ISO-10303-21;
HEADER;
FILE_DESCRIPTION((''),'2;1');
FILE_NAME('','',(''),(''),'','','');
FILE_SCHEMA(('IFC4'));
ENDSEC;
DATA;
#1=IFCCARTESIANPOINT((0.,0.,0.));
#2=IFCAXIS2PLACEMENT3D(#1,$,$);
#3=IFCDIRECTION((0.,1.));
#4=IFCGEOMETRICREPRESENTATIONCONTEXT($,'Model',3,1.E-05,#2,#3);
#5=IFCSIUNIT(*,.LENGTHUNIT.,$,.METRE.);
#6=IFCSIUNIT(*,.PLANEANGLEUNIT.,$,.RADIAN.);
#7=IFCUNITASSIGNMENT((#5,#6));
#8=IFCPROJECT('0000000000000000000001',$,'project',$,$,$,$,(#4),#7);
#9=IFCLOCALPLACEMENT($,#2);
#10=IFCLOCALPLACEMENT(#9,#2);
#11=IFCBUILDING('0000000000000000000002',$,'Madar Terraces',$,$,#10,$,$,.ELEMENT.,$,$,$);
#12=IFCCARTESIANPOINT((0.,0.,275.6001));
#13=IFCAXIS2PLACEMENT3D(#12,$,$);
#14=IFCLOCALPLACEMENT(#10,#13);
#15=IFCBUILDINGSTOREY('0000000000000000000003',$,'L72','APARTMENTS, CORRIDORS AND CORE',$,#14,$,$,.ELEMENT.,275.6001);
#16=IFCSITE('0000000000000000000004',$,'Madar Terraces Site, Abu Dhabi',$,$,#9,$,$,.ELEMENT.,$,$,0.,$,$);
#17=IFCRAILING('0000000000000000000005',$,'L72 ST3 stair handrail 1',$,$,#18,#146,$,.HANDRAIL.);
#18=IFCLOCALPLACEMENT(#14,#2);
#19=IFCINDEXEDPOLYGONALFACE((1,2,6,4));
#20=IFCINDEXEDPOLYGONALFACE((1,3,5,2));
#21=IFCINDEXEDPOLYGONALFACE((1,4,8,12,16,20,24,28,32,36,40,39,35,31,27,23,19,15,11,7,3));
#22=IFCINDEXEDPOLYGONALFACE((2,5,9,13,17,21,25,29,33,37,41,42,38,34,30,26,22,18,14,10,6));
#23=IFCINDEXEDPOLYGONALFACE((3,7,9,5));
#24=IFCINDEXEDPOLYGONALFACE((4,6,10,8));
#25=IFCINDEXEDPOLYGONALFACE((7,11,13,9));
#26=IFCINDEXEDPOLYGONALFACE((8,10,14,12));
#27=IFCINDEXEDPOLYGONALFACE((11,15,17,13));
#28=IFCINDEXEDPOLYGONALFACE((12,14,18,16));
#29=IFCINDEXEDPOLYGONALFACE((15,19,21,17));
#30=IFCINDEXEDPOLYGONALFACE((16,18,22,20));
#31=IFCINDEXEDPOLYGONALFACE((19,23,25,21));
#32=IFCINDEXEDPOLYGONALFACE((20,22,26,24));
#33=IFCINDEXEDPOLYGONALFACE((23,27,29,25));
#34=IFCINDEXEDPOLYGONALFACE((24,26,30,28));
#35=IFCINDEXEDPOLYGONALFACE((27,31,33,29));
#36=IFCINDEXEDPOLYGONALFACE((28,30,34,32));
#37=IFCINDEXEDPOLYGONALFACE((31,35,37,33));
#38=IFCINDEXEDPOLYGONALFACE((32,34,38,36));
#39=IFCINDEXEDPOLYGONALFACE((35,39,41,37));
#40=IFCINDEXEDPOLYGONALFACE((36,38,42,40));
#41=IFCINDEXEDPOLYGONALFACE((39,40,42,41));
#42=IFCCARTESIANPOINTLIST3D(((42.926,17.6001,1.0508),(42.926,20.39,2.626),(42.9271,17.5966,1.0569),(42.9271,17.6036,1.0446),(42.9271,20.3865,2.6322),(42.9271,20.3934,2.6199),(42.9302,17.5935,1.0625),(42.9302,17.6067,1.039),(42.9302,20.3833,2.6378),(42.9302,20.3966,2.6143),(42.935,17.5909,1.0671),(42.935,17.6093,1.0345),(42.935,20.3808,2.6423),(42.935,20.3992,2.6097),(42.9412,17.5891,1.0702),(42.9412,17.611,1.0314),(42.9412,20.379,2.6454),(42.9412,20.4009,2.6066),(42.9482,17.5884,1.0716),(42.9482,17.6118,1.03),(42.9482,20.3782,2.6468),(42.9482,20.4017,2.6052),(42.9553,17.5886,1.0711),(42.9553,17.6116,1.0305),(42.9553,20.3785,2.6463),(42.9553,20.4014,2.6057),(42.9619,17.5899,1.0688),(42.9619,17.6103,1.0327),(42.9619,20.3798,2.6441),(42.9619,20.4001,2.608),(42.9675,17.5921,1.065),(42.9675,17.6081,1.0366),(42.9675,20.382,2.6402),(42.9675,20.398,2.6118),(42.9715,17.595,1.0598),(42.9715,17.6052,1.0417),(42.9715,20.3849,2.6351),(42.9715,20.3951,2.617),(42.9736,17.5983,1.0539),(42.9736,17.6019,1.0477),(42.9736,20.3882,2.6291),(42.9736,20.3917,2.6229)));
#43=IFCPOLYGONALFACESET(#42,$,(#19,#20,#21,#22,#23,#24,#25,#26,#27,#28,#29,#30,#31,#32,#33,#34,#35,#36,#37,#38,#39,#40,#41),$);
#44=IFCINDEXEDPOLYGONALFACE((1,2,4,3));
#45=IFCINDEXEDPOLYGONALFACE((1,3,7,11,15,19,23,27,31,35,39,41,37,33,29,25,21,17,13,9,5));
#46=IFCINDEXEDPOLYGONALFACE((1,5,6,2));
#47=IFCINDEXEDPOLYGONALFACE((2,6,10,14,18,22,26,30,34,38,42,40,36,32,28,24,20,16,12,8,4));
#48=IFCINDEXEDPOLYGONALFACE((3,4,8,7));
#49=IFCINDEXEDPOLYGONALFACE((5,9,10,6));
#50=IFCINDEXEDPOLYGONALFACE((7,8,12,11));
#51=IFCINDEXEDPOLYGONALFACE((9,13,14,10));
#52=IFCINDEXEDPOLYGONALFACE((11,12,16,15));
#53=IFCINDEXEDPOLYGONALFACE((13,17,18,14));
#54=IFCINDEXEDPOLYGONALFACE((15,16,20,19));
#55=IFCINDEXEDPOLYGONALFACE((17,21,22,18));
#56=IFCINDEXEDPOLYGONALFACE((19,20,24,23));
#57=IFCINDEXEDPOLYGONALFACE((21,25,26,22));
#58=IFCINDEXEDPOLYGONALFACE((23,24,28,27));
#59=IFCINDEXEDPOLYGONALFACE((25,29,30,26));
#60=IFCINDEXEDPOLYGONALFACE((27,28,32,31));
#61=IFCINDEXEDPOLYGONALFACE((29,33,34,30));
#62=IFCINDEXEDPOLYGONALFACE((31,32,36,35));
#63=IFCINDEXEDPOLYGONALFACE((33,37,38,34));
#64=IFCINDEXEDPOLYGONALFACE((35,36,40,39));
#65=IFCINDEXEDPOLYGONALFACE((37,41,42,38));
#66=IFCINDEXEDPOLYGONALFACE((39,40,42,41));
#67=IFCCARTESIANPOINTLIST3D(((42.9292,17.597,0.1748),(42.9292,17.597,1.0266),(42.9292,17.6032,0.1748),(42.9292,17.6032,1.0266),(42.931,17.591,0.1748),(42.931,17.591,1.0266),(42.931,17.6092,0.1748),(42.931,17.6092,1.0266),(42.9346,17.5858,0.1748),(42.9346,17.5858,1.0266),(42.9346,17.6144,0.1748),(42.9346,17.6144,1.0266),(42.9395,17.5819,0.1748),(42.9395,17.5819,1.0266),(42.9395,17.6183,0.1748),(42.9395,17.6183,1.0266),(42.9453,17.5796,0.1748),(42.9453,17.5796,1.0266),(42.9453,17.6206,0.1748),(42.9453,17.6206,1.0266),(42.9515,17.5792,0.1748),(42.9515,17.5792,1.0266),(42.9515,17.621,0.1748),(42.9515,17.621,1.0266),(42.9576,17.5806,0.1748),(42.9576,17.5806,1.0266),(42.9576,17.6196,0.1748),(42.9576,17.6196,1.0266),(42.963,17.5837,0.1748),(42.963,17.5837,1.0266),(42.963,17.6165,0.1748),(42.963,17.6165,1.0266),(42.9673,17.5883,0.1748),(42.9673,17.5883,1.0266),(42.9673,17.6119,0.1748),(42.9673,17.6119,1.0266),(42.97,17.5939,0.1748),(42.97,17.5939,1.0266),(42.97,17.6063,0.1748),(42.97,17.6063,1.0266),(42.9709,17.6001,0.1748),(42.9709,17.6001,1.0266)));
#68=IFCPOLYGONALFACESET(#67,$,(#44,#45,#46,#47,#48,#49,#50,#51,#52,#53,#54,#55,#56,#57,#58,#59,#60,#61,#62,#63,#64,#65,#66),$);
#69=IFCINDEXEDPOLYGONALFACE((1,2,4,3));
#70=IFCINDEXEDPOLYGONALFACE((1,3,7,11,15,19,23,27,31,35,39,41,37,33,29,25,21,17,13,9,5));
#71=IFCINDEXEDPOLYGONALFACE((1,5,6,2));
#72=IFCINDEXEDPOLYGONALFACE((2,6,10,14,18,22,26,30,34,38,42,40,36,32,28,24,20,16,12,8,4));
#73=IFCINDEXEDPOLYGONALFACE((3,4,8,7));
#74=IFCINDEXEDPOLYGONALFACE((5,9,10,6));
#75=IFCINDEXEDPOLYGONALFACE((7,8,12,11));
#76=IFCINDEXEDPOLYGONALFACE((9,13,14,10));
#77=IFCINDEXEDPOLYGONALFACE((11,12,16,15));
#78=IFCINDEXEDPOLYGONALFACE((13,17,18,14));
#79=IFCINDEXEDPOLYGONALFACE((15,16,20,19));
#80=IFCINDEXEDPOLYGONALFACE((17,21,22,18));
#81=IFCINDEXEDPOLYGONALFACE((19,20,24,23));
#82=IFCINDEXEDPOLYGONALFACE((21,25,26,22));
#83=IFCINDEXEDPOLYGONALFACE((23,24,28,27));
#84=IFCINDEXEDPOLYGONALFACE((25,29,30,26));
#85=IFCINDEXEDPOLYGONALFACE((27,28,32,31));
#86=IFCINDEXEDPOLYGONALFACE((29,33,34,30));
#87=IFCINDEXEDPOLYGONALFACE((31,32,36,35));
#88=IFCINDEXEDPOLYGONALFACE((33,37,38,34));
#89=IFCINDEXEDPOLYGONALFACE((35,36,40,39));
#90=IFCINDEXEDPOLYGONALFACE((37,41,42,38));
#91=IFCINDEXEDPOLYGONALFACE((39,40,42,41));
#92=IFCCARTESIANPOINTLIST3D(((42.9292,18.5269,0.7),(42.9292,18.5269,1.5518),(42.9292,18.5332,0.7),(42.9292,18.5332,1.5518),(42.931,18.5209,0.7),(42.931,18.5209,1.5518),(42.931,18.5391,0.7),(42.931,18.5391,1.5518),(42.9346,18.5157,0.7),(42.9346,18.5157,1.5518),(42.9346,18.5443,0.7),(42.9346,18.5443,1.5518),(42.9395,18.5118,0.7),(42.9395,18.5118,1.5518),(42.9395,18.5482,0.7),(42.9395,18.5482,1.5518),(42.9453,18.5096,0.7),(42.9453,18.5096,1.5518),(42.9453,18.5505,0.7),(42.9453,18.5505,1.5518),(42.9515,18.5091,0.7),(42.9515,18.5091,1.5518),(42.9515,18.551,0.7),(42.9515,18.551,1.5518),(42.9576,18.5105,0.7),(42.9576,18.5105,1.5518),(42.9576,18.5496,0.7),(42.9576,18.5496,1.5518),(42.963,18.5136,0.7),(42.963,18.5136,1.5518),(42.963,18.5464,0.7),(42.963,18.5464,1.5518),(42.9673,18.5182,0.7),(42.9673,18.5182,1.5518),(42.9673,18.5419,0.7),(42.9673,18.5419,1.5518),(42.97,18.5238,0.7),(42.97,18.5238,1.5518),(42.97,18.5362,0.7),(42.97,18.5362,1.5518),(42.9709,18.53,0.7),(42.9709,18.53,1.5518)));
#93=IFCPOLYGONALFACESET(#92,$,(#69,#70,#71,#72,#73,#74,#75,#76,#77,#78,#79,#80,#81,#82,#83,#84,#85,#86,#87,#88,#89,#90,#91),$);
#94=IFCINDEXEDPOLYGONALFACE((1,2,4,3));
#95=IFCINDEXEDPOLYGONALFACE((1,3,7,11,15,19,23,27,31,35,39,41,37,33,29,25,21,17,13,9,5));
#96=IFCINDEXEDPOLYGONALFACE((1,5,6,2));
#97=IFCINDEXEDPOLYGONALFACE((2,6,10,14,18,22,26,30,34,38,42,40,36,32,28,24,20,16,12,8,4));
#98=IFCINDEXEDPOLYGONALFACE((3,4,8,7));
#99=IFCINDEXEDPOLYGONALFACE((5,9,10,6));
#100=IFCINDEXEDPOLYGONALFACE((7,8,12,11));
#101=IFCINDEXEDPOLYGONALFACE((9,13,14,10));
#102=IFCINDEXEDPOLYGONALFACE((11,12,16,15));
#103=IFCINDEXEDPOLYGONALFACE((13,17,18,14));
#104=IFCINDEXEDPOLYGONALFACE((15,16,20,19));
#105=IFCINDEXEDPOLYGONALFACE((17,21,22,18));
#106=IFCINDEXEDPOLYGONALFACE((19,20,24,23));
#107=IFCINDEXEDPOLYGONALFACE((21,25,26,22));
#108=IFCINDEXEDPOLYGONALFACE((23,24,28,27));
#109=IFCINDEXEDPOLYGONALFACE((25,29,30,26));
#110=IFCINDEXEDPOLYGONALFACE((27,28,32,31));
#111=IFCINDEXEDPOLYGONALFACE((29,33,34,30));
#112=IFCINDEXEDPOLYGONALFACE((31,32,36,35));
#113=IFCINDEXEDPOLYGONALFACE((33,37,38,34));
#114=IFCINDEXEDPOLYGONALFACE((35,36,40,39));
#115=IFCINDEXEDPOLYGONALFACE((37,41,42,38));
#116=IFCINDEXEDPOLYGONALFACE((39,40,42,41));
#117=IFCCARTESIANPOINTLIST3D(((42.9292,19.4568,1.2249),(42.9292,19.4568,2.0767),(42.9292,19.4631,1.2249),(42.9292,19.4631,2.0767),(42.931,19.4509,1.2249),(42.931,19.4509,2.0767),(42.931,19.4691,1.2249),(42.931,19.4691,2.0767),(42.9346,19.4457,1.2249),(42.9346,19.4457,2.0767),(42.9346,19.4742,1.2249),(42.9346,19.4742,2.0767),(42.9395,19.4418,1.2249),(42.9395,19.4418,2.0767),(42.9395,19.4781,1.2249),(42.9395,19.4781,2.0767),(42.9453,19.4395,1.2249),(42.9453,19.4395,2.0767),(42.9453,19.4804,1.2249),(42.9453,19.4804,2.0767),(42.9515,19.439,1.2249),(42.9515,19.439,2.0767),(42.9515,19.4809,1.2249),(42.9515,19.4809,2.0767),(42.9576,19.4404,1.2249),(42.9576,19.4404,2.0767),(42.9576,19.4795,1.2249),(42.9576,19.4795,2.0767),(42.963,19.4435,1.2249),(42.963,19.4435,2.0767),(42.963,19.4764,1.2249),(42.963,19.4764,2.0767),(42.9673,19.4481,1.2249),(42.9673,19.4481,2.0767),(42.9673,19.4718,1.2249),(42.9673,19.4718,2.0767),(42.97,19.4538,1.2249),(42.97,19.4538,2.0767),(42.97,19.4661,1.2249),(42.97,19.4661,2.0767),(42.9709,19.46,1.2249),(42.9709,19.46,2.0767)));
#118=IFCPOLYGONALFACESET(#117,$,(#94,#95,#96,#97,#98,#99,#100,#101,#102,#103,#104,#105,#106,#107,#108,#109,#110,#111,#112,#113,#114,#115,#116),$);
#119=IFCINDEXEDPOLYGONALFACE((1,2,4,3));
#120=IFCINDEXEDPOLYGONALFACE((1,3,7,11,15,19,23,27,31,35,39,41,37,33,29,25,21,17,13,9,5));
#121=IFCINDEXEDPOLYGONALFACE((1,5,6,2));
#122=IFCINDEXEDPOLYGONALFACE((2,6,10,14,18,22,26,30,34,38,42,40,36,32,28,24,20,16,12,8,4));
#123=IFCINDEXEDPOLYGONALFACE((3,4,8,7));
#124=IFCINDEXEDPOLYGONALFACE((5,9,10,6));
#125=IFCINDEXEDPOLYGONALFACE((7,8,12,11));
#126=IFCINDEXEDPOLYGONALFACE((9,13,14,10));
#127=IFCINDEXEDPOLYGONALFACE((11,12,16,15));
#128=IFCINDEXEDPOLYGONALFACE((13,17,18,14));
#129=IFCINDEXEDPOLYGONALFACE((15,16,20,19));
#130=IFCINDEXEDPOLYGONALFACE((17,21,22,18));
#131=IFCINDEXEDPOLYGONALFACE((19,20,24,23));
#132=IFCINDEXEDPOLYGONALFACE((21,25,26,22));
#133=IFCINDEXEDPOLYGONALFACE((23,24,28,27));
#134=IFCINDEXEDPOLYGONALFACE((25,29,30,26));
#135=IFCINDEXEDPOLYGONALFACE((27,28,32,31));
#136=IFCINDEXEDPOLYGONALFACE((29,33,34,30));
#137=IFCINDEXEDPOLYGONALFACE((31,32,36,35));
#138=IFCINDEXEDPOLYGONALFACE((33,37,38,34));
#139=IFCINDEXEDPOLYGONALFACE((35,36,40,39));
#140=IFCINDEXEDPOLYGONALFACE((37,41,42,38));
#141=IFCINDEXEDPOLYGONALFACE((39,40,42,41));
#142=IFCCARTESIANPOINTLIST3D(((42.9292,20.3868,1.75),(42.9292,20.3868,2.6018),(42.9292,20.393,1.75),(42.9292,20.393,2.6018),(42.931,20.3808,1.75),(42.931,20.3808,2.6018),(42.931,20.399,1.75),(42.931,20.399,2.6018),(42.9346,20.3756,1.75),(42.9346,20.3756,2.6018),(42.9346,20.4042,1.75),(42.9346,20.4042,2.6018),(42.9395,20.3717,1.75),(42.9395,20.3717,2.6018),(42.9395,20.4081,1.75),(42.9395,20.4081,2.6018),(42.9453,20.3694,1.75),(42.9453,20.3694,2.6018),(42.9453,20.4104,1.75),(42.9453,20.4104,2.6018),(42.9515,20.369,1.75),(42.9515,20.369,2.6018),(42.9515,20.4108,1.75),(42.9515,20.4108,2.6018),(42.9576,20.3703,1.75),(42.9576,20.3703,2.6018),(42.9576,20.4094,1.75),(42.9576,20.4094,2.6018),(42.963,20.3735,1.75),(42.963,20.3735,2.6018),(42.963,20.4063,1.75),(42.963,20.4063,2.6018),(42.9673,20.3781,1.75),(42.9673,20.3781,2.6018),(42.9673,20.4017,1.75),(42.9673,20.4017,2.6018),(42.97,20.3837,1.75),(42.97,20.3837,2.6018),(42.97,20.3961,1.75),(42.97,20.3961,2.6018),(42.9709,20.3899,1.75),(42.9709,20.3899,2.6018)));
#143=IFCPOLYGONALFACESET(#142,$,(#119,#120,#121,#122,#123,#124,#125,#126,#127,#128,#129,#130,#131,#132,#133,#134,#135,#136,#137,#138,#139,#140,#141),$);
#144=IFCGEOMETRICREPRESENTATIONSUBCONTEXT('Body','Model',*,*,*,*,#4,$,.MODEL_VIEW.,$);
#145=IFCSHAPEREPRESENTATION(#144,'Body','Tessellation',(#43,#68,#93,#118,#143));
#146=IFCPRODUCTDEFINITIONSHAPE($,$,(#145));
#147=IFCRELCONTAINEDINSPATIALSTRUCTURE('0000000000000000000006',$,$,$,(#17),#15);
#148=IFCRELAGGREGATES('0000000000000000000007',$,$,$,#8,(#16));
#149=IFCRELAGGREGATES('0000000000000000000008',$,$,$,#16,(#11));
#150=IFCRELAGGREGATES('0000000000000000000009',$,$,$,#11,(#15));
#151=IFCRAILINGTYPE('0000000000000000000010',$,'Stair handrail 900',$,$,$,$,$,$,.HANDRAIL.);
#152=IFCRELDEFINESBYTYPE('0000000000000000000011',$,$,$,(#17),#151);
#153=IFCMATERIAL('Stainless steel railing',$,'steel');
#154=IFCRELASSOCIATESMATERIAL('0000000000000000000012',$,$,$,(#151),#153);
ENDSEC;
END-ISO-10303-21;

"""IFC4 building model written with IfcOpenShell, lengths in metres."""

from ifc_helpers import new_model, si_unit, direction, frame, origin, origin_2d, place, context, subcontext, project, spatial, circle, extrude, material, type_object, element, save


model = new_model("IFC4")

# Units and contexts
model_context = context("Model", 3, precision=1e-05, world=origin(), true_north=direction((0.0, 1.0)))
body_context = subcontext(model_context, "Body", "Model", "MODEL_VIEW")
ifc_project = project(units=[si_unit("LENGTHUNIT", "METRE"), si_unit("PLANEANGLEUNIT", "RADIAN")], contexts=[model_context])

# Site, building, storey
site_placement = place(None, origin())
site = spatial("IfcSite", under=ifc_project, at=site_placement, Name="Madar Terraces Site, Abu Dhabi", CompositionType="ELEMENT", RefElevation=0.0)
building_placement = place(site_placement, origin())
building = spatial("IfcBuilding", under=site, at=building_placement, Name="Madar Terraces", CompositionType="ELEMENT")
storey_placement = place(building_placement, frame((0.0, 0.0, 275.6001)))
storey = spatial("IfcBuildingStorey", under=building, at=storey_placement, Name="L72", Description="APARTMENTS, CORRIDORS AND CORE", CompositionType="ELEMENT", Elevation=275.6001)

# Railing
ifc_material_1 = material(Name="Stainless steel railing", Category="steel")
railing_type_1 = type_object("IfcRailingType", Name="Stair handrail 900", PredefinedType="HANDRAIL", material=ifc_material_1)
railing_1_placement = place(storey_placement, frame((42.95, 17.6001, 0.1748)))
element("IfcRailing", 1, at=railing_1_placement, inside=storey, type_object=railing_type_1, Name="L72 ST3 stair handrail 1", PredefinedType="HANDRAIL", context=body_context, shape_type="SweptSolid", body=[
    extrude(circle(Radius=0.0239, at=origin_2d()), frame((0.0, 0.0, 0.876), z_axis=(0.0, 0.870783, 0.491668), x_axis=(-1.0, 0.0, 0.0)), (0.0, 0.0, 1.0), 3.2039),
    extrude(circle(Radius=0.021, at=origin_2d()), origin(), (0.0, 0.0, 1.0), 0.8518),
    extrude(circle(Radius=0.021, at=origin_2d()), frame((0.0, 0.9299, 0.5251)), (0.0, 0.0, 1.0), 0.8518),
    extrude(circle(Radius=0.021, at=origin_2d()), frame((0.0, 1.8599, 1.05)), (0.0, 0.0, 1.0), 0.8518),
    extrude(circle(Radius=0.021, at=origin_2d()), frame((0.0, 2.7898, 1.5752)), (0.0, 0.0, 1.0), 0.8518),
])

save(model, "model.ifc")
